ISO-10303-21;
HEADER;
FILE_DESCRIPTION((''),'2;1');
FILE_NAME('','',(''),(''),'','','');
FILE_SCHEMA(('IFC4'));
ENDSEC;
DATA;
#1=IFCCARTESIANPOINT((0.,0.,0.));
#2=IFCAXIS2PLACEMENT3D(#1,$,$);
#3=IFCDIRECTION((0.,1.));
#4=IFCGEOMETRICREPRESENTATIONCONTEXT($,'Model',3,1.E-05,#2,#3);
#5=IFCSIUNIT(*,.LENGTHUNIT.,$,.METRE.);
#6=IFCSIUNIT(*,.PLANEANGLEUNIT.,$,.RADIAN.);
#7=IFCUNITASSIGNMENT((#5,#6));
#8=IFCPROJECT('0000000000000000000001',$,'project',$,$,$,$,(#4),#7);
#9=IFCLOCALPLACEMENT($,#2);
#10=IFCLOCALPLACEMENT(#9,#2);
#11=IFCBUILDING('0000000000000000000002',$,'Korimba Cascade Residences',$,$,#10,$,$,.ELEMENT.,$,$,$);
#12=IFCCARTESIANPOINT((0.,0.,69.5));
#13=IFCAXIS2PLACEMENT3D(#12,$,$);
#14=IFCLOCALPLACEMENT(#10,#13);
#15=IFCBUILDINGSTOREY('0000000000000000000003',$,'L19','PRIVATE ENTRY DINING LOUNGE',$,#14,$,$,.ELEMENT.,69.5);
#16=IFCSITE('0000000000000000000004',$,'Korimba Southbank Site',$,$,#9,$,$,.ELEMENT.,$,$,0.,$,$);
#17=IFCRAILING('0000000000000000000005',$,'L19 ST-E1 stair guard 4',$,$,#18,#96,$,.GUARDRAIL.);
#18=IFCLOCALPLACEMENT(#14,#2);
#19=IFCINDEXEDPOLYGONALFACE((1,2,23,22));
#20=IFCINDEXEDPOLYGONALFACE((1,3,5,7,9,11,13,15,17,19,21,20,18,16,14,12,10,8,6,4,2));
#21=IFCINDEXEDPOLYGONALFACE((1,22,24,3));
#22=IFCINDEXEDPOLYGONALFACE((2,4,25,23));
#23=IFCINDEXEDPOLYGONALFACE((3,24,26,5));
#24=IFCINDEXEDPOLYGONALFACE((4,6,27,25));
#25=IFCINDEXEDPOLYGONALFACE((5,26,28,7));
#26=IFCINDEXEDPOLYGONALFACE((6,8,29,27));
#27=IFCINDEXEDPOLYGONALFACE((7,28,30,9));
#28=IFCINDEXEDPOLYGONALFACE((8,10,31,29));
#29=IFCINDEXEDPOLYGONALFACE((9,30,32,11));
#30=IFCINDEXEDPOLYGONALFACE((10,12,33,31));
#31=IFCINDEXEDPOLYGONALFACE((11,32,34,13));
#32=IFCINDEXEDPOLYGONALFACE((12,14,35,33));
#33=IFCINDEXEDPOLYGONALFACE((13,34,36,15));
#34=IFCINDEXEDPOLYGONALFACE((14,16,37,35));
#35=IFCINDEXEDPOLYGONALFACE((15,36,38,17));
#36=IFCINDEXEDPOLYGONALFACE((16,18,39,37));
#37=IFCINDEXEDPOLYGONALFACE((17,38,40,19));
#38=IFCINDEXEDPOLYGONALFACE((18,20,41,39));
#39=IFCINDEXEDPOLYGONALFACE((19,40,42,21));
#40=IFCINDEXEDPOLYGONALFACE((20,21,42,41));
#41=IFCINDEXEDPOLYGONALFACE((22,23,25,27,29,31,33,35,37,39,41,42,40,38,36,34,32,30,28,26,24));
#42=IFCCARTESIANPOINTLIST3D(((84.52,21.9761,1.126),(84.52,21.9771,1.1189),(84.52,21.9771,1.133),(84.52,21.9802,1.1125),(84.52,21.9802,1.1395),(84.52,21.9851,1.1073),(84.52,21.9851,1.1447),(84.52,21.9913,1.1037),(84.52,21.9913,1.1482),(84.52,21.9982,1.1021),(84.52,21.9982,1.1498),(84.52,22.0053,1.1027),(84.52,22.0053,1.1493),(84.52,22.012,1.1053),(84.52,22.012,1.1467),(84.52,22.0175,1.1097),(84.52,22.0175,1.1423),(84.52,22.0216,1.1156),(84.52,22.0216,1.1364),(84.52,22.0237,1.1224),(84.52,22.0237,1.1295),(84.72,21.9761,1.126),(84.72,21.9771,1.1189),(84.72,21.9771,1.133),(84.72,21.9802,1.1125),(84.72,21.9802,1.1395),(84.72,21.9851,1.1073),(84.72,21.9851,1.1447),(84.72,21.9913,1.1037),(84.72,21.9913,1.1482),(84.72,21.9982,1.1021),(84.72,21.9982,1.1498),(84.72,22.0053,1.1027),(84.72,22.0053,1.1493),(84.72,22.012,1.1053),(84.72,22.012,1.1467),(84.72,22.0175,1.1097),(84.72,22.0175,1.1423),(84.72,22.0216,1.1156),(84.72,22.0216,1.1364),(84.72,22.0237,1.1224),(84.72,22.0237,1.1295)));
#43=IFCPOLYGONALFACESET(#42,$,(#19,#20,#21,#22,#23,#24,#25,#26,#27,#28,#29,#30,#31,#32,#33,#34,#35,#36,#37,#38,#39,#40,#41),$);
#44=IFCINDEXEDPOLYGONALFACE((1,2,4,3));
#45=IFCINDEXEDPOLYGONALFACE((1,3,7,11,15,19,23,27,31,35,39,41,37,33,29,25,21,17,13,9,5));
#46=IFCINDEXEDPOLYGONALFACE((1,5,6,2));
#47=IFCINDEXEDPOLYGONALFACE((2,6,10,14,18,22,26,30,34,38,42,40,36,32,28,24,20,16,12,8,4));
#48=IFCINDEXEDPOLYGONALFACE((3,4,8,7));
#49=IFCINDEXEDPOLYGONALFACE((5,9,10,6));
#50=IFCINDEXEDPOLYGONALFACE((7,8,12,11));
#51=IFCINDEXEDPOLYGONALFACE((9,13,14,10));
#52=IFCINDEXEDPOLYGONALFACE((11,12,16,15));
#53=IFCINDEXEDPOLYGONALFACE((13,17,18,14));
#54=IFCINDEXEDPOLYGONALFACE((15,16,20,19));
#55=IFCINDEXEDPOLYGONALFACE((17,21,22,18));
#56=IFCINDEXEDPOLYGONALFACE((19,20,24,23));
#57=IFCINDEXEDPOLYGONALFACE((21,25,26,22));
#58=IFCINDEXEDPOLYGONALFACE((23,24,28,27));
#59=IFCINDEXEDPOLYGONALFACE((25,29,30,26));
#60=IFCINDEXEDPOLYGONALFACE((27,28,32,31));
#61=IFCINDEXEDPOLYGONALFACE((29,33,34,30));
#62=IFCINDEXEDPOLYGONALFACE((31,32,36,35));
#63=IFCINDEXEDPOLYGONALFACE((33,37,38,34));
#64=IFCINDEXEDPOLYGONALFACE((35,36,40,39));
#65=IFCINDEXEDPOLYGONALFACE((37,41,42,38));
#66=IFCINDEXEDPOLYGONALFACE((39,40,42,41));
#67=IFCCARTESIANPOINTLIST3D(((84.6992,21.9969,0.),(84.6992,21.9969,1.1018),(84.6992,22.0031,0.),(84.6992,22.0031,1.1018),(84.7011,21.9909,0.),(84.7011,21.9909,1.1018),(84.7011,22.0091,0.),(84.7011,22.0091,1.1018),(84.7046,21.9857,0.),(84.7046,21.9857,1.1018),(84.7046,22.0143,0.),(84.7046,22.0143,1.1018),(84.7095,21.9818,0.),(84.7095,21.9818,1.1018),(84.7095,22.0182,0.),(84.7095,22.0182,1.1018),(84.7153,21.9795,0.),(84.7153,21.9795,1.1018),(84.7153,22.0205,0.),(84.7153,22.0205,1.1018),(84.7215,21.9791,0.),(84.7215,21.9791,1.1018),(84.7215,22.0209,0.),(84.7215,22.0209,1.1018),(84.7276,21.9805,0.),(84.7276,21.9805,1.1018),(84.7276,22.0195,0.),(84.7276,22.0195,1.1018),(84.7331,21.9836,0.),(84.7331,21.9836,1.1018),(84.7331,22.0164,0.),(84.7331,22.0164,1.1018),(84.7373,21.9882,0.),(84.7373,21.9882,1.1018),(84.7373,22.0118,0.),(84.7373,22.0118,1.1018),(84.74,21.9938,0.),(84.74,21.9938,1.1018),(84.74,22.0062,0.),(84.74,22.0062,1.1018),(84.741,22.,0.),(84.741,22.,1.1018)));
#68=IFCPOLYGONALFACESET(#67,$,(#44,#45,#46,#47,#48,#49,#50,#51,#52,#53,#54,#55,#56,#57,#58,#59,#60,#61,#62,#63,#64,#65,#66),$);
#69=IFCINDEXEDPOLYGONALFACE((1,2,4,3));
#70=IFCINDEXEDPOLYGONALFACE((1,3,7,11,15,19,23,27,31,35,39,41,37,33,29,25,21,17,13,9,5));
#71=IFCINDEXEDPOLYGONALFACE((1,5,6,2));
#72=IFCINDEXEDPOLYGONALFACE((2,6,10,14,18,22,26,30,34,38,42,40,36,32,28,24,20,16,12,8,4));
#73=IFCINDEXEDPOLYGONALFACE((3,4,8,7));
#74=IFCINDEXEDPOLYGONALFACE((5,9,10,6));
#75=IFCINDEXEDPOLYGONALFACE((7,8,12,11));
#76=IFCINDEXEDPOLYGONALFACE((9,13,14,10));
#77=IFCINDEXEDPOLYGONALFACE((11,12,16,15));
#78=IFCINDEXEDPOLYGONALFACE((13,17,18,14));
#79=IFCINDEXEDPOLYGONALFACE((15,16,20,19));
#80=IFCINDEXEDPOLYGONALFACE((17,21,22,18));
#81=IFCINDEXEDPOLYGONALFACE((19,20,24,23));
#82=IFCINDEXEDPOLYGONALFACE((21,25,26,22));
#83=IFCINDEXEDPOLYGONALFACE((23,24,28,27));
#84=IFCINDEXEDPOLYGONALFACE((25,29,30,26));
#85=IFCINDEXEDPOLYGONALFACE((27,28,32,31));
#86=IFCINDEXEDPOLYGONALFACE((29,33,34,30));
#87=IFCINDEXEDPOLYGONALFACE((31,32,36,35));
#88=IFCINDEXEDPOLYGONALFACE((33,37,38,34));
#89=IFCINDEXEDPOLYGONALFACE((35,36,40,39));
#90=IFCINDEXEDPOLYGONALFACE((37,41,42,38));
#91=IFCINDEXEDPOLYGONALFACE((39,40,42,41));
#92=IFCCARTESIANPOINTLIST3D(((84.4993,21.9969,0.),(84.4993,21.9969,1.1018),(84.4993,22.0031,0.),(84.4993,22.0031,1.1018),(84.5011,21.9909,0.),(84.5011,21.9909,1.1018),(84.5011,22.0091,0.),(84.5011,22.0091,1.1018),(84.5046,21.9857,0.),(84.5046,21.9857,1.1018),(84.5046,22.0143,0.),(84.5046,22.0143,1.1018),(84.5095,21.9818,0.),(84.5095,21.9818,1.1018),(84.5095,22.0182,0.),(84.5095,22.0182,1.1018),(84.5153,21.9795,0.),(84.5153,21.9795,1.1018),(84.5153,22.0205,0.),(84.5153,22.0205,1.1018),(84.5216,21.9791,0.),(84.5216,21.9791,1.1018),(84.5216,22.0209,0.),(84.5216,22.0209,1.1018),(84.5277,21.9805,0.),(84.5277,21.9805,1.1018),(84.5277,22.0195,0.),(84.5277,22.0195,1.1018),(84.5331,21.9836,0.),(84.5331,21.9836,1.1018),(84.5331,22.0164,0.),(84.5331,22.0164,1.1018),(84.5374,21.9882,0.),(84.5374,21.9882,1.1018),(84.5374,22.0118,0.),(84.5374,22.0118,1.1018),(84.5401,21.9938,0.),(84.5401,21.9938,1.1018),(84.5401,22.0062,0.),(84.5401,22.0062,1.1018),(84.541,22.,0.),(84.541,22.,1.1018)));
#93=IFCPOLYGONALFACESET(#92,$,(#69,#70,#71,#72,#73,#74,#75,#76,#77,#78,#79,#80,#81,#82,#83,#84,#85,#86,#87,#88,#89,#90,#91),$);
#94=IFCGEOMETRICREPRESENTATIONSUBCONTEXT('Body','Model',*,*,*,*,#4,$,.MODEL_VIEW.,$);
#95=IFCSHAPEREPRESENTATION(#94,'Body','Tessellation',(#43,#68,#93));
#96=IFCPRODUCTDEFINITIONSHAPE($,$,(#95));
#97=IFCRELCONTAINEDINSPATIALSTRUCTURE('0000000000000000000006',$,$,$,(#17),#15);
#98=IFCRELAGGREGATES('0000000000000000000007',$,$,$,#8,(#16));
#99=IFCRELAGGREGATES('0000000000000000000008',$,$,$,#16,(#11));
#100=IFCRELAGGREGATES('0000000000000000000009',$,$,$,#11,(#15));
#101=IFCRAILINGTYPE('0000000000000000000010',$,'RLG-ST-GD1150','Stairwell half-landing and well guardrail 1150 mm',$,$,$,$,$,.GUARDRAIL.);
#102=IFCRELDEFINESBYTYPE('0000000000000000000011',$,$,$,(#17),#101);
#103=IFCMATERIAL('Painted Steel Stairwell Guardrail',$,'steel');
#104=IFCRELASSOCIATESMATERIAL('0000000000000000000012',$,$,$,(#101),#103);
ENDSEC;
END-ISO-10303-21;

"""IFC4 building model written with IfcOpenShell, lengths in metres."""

from ifc_helpers import new_model, si_unit, direction, frame, origin, origin_2d, place, context, subcontext, project, spatial, circle, extrude, material, type_object, element, save


model = new_model("IFC4")

# Units and contexts
model_context = context("Model", 3, precision=1e-05, world=origin(), true_north=direction((0.0, 1.0)))
body_context = subcontext(model_context, "Body", "Model", "MODEL_VIEW")
ifc_project = project(units=[si_unit("LENGTHUNIT", "METRE"), si_unit("PLANEANGLEUNIT", "RADIAN")], contexts=[model_context])

# Site, building, storey
site_placement = place(None, origin())
site = spatial("IfcSite", under=ifc_project, at=site_placement, Name="Korimba Southbank Site", CompositionType="ELEMENT", RefElevation=0.0)
building_placement = place(site_placement, origin())
building = spatial("IfcBuilding", under=site, at=building_placement, Name="Korimba Cascade Residences", CompositionType="ELEMENT")
storey_placement = place(building_placement, frame((0.0, 0.0, 69.5)))
storey = spatial("IfcBuildingStorey", under=building, at=storey_placement, Name="L19", Description="PRIVATE ENTRY DINING LOUNGE", CompositionType="ELEMENT", Elevation=69.5)

# Railing
ifc_material_1 = material(Name="Painted Steel Stairwell Guardrail", Category="steel")
railing_type_1 = type_object("IfcRailingType", Name="RLG-ST-GD1150", Description="Stairwell half-landing and well guardrail 1150 mm", PredefinedType="GUARDRAIL", material=ifc_material_1)
railing_1_placement = place(storey_placement, frame((84.72, 22.0, 0.0)))
element("IfcRailing", 1, at=railing_1_placement, inside=storey, type_object=railing_type_1, Name="L19 ST-E1 stair guard 4", PredefinedType="GUARDRAIL", context=body_context, shape_type="SweptSolid", body=[
    extrude(circle(Radius=0.0239, at=origin_2d()), frame((0.0, 0.0, 1.126), z_axis=(-1.0, 0.0, 0.0), x_axis=(0.0, -1.0, 0.0)), (0.0, 0.0, 1.0), 0.2),
    extrude(circle(Radius=0.021, at=origin_2d()), origin(), (0.0, 0.0, 1.0), 1.1018),
    extrude(circle(Radius=0.021, at=origin_2d()), frame((-0.2, 0.0, 0.0)), (0.0, 0.0, 1.0), 1.1018),
])

save(model, "model.ifc")
